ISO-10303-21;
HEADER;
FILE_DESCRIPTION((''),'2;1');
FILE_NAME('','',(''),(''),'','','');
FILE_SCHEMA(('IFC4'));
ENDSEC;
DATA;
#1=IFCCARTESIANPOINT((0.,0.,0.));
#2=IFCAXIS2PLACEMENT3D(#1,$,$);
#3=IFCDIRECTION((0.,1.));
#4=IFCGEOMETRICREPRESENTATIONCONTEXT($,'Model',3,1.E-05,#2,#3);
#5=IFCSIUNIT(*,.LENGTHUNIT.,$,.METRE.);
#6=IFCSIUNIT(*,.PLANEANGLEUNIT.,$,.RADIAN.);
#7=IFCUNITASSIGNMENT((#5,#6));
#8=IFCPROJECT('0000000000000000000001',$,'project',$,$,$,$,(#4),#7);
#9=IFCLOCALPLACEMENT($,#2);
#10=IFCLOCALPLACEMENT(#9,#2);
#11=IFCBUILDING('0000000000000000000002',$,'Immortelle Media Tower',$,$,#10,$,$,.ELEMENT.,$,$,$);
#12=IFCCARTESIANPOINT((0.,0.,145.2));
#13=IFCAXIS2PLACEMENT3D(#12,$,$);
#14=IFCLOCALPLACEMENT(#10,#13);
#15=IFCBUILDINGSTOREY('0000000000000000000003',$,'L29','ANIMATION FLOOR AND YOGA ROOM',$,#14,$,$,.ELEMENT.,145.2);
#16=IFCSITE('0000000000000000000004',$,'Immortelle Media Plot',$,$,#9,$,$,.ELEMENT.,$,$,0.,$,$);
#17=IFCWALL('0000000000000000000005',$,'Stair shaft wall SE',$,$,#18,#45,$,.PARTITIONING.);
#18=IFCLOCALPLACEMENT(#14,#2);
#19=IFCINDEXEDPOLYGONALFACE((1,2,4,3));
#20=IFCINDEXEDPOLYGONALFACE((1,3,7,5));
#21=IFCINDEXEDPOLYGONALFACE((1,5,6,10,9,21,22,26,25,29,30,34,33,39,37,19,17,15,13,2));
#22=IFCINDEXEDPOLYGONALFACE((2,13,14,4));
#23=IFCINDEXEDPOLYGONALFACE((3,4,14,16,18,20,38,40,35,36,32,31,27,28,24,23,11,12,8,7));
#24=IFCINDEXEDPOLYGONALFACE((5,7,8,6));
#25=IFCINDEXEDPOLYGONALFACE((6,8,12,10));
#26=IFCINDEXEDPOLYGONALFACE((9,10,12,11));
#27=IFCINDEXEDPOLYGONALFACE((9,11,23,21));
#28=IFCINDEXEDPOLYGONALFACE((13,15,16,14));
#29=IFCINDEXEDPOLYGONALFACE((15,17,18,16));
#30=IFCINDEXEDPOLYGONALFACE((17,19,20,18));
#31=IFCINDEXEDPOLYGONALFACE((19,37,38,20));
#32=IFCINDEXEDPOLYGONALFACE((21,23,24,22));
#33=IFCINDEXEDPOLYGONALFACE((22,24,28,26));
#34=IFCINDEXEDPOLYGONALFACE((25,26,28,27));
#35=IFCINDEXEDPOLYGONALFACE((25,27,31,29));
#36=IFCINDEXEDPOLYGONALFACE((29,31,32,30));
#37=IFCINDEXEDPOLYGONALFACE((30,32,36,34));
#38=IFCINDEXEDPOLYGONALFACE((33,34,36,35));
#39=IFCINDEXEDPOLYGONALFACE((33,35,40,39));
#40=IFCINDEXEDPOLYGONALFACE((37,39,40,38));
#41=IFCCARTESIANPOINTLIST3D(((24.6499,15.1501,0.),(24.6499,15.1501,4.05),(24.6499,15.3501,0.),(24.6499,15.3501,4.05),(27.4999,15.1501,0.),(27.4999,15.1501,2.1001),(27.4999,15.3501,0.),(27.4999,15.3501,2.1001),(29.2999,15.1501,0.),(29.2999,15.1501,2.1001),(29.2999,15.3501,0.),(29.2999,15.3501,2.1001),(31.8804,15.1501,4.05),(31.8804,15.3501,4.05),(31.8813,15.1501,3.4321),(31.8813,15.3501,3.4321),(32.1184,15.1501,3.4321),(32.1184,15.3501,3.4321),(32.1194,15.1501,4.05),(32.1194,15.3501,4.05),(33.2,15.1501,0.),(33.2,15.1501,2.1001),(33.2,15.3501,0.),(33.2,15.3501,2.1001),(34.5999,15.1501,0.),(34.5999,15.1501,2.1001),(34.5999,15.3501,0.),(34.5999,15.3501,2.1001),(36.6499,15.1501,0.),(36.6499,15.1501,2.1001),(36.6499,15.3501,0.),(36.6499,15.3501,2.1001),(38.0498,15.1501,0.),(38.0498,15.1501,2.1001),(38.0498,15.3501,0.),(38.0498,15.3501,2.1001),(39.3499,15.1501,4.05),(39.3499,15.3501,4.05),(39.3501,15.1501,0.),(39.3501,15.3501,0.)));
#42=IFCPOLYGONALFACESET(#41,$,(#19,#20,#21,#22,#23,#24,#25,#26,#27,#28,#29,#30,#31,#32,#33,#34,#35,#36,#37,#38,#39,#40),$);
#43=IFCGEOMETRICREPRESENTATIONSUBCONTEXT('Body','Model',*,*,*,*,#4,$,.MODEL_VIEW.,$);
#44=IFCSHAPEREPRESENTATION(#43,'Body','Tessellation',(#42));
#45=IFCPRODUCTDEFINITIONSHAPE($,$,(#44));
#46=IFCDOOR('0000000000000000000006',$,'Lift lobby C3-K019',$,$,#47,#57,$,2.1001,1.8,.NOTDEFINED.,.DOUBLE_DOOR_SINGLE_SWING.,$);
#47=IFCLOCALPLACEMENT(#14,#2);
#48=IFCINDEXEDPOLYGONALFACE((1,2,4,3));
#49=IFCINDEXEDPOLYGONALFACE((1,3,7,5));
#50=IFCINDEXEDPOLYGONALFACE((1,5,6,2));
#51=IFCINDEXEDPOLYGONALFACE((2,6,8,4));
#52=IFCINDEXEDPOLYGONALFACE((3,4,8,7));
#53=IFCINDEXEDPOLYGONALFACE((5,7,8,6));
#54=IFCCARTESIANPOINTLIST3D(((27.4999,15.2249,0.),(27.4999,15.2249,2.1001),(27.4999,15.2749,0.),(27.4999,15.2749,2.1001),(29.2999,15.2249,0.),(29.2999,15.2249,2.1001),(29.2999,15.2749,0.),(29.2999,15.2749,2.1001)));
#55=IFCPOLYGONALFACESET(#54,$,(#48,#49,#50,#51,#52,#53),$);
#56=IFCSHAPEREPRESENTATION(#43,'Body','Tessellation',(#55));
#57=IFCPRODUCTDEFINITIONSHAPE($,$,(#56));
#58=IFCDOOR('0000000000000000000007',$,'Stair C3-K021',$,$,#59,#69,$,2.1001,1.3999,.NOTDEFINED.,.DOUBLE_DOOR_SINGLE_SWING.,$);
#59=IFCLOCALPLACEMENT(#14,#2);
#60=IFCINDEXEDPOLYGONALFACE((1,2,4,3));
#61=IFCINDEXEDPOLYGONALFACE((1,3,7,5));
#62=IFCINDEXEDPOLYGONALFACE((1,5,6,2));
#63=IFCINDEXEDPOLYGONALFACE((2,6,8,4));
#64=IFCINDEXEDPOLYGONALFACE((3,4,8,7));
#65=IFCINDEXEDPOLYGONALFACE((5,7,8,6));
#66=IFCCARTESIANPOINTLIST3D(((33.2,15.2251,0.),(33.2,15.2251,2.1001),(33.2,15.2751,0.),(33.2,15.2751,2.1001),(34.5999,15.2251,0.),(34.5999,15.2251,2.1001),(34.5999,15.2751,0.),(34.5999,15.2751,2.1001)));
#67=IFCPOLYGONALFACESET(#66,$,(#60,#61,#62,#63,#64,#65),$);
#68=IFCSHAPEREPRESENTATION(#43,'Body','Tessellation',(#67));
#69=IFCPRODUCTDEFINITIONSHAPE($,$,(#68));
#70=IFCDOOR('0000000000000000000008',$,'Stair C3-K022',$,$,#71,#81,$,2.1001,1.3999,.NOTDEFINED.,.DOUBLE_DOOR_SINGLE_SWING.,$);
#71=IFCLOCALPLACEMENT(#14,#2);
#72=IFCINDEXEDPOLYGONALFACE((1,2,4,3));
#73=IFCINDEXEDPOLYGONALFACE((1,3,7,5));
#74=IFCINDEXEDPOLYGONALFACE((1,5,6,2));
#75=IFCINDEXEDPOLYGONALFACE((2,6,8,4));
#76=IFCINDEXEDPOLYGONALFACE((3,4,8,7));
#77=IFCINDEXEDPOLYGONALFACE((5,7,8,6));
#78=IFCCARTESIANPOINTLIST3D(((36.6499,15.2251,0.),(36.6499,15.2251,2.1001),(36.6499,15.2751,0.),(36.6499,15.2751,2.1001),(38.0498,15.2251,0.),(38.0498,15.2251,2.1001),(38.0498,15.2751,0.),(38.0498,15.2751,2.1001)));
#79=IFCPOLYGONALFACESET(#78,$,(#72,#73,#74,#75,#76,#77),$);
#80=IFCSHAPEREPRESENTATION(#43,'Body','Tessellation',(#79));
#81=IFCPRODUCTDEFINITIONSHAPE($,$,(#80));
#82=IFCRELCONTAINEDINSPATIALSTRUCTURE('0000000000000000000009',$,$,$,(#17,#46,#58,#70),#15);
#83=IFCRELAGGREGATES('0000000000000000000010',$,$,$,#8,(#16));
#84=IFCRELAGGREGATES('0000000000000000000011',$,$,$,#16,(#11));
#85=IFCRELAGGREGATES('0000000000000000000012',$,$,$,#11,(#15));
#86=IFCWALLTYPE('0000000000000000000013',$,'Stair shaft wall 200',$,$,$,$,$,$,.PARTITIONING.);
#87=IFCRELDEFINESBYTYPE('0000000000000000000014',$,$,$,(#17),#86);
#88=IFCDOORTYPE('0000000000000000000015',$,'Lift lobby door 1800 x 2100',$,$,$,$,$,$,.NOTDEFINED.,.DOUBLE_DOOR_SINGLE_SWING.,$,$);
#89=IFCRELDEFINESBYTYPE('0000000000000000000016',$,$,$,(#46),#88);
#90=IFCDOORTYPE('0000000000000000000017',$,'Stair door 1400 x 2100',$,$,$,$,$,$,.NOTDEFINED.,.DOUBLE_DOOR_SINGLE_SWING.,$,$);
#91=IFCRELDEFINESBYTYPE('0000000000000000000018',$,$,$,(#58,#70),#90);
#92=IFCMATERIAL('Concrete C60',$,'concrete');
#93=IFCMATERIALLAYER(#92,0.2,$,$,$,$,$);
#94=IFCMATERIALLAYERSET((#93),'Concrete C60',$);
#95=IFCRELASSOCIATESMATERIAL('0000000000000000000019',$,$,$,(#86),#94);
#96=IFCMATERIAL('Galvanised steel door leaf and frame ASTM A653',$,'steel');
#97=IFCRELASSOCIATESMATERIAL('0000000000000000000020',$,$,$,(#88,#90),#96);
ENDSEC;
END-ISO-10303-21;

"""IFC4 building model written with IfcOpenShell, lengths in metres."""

from ifc_helpers import new_model, si_unit, direction, frame, frame_2d, origin, place, context, subcontext, project, spatial, polyline, rectangle, outline, extrude, material, layer, layer_set, type_object, element, fill, save


model = new_model("IFC4")

# Units and contexts
model_context = context("Model", 3, precision=1e-05, world=origin(), true_north=direction((0.0, 1.0)))
body_context = subcontext(model_context, "Body", "Model", "MODEL_VIEW")
ifc_project = project(units=[si_unit("LENGTHUNIT", "METRE"), si_unit("PLANEANGLEUNIT", "RADIAN")], contexts=[model_context])

# Site, building, storey
site_placement = place(None, origin())
site = spatial("IfcSite", under=ifc_project, at=site_placement, Name="Immortelle Media Plot", CompositionType="ELEMENT", RefElevation=0.0)
building_placement = place(site_placement, origin())
building = spatial("IfcBuilding", under=site, at=building_placement, Name="Immortelle Media Tower", CompositionType="ELEMENT")
storey_placement = place(building_placement, frame((0.0, 0.0, 145.2)))
storey = spatial("IfcBuildingStorey", under=building, at=storey_placement, Name="L29", Description="ANIMATION FLOOR AND YOGA ROOM", CompositionType="ELEMENT", Elevation=145.2)

# Shared definitions
ifc_material_1 = material(Name="Concrete C60", Category="concrete")
ifc_layer_1 = layer(ifc_material_1, 0.2)
ifc_layer_set_1 = layer_set([ifc_layer_1], Name="Concrete C60")
wall_type_1 = type_object("IfcWallType", Name="Stair shaft wall 200", PredefinedType="PARTITIONING", material=ifc_layer_set_1)

# Wall, openings, doors
wall_1_placement = place(storey_placement, frame((24.6499, 15.25, 0.0), z_axis=(0.0, 0.0, 1.0), x_axis=(1.0, 0.0, 0.0)))
wall_1 = element("IfcWall", 1, at=wall_1_placement, inside=storey, type_object=wall_type_1, Name="Stair shaft wall SE", PredefinedType="PARTITIONING", context=body_context, shape_type="SweptSolid", body=[
    extrude(outline(polyline([(0.0, 0.0), (14.7002, 0.0), (14.7, 4.05), (7.4695, 4.05), (7.4685, 3.4321), (7.2314, 3.4321), (7.2305, 4.05), (0.0, 4.05), (0.0, 0.0)])), frame((0.0, 0.1001, 0.0), z_axis=(0.0, -1.0, 0.0), x_axis=(1.0, 0.0, 0.0)), (0.0, 0.0, 1.0), 0.2),
])
opening_1_placement = place(wall_1_placement, frame((2.8501, 0.0, 0.0)))
opening_1 = element("IfcOpeningElement", 2, at=opening_1_placement, cuts=wall_1, PredefinedType="OPENING", context=body_context, shape_type="SweptSolid", body=[
    extrude(rectangle(XDim=1.8, YDim=2.1001, at=frame_2d((0.8999, 1.05))), frame((0.0, 0.1099, 0.0), z_axis=(0.0, -1.0, 0.0), x_axis=(1.0, 0.0, 0.0)), (0.0, 0.0, 1.0), 0.22),
])
opening_2_placement = place(wall_1_placement, frame((9.95, 0.0, 0.0), z_axis=(0.0, 0.0, 1.0), x_axis=(-1.0, 0.0, 0.0)))
opening_2 = element("IfcOpeningElement", 3, at=opening_2_placement, cuts=wall_1, PredefinedType="OPENING", context=body_context, shape_type="SweptSolid", body=[
    extrude(rectangle(XDim=1.3999, YDim=2.1001, at=frame_2d((0.7, 1.05))), frame((0.0, 0.1099, 0.0), z_axis=(0.0, -1.0, 0.0), x_axis=(1.0, 0.0, 0.0)), (0.0, 0.0, 1.0), 0.22),
])
opening_3_placement = place(wall_1_placement, frame((13.3999, 0.0, 0.0), z_axis=(0.0, 0.0, 1.0), x_axis=(-1.0, 0.0, 0.0)))
opening_3 = element("IfcOpeningElement", 4, at=opening_3_placement, cuts=wall_1, PredefinedType="OPENING", context=body_context, shape_type="SweptSolid", body=[
    extrude(rectangle(XDim=1.3999, YDim=2.1001, at=frame_2d((0.7, 1.05))), frame((0.0, 0.1099, 0.0), z_axis=(0.0, -1.0, 0.0), x_axis=(1.0, 0.0, 0.0)), (0.0, 0.0, 1.0), 0.22),
])
ifc_material_2 = material(Name="Galvanised steel door leaf and frame ASTM A653", Category="steel")
door_type_1 = type_object("IfcDoorType", Name="Lift lobby door 1800 x 2100", OperationType="DOUBLE_DOOR_SINGLE_SWING", PredefinedType="NOTDEFINED", material=ifc_material_2)
door_1_placement = place(opening_1_placement, origin())
door_1 = element("IfcDoor", 5, at=door_1_placement, inside=storey, type_object=door_type_1, Name="Lift lobby C3-K019", OperationType="DOUBLE_DOOR_SINGLE_SWING", OverallHeight=2.1001, OverallWidth=1.8, PredefinedType="NOTDEFINED", context=body_context, shape_type="SweptSolid", body=[
    extrude(rectangle(XDim=1.8, YDim=2.1001, at=frame_2d((0.8999, 1.05))), frame((0.0, 0.0249, 0.0), z_axis=(0.0, -1.0, 0.0), x_axis=(1.0, 0.0, 0.0)), (0.0, 0.0, 1.0), 0.05),
])
fill(opening_1, door_1)
door_type_2 = type_object("IfcDoorType", Name="Stair door 1400 x 2100", OperationType="DOUBLE_DOOR_SINGLE_SWING", PredefinedType="NOTDEFINED", material=ifc_material_2)
door_2_placement = place(opening_2_placement, origin())
door_2 = element("IfcDoor", 6, at=door_2_placement, inside=storey, type_object=door_type_2, Name="Stair C3-K021", OperationType="DOUBLE_DOOR_SINGLE_SWING", OverallHeight=2.1001, OverallWidth=1.3999, PredefinedType="NOTDEFINED", context=body_context, shape_type="SweptSolid", body=[
    extrude(rectangle(XDim=1.3999, YDim=2.1001, at=frame_2d((0.7, 1.05))), frame((0.0, 0.0249, 0.0), z_axis=(0.0, -1.0, 0.0), x_axis=(1.0, 0.0, 0.0)), (0.0, 0.0, 1.0), 0.05),
])
fill(opening_2, door_2)
door_3_placement = place(opening_3_placement, origin())
door_3 = element("IfcDoor", 7, at=door_3_placement, inside=storey, type_object=door_type_2, Name="Stair C3-K022", OperationType="DOUBLE_DOOR_SINGLE_SWING", OverallHeight=2.1001, OverallWidth=1.3999, PredefinedType="NOTDEFINED", context=body_context, shape_type="SweptSolid", body=[
    extrude(rectangle(XDim=1.3999, YDim=2.1001, at=frame_2d((0.7, 1.05))), frame((0.0, 0.0249, 0.0), z_axis=(0.0, -1.0, 0.0), x_axis=(1.0, 0.0, 0.0)), (0.0, 0.0, 1.0), 0.05),
])
fill(opening_3, door_3)

save(model, "model.ifc")
